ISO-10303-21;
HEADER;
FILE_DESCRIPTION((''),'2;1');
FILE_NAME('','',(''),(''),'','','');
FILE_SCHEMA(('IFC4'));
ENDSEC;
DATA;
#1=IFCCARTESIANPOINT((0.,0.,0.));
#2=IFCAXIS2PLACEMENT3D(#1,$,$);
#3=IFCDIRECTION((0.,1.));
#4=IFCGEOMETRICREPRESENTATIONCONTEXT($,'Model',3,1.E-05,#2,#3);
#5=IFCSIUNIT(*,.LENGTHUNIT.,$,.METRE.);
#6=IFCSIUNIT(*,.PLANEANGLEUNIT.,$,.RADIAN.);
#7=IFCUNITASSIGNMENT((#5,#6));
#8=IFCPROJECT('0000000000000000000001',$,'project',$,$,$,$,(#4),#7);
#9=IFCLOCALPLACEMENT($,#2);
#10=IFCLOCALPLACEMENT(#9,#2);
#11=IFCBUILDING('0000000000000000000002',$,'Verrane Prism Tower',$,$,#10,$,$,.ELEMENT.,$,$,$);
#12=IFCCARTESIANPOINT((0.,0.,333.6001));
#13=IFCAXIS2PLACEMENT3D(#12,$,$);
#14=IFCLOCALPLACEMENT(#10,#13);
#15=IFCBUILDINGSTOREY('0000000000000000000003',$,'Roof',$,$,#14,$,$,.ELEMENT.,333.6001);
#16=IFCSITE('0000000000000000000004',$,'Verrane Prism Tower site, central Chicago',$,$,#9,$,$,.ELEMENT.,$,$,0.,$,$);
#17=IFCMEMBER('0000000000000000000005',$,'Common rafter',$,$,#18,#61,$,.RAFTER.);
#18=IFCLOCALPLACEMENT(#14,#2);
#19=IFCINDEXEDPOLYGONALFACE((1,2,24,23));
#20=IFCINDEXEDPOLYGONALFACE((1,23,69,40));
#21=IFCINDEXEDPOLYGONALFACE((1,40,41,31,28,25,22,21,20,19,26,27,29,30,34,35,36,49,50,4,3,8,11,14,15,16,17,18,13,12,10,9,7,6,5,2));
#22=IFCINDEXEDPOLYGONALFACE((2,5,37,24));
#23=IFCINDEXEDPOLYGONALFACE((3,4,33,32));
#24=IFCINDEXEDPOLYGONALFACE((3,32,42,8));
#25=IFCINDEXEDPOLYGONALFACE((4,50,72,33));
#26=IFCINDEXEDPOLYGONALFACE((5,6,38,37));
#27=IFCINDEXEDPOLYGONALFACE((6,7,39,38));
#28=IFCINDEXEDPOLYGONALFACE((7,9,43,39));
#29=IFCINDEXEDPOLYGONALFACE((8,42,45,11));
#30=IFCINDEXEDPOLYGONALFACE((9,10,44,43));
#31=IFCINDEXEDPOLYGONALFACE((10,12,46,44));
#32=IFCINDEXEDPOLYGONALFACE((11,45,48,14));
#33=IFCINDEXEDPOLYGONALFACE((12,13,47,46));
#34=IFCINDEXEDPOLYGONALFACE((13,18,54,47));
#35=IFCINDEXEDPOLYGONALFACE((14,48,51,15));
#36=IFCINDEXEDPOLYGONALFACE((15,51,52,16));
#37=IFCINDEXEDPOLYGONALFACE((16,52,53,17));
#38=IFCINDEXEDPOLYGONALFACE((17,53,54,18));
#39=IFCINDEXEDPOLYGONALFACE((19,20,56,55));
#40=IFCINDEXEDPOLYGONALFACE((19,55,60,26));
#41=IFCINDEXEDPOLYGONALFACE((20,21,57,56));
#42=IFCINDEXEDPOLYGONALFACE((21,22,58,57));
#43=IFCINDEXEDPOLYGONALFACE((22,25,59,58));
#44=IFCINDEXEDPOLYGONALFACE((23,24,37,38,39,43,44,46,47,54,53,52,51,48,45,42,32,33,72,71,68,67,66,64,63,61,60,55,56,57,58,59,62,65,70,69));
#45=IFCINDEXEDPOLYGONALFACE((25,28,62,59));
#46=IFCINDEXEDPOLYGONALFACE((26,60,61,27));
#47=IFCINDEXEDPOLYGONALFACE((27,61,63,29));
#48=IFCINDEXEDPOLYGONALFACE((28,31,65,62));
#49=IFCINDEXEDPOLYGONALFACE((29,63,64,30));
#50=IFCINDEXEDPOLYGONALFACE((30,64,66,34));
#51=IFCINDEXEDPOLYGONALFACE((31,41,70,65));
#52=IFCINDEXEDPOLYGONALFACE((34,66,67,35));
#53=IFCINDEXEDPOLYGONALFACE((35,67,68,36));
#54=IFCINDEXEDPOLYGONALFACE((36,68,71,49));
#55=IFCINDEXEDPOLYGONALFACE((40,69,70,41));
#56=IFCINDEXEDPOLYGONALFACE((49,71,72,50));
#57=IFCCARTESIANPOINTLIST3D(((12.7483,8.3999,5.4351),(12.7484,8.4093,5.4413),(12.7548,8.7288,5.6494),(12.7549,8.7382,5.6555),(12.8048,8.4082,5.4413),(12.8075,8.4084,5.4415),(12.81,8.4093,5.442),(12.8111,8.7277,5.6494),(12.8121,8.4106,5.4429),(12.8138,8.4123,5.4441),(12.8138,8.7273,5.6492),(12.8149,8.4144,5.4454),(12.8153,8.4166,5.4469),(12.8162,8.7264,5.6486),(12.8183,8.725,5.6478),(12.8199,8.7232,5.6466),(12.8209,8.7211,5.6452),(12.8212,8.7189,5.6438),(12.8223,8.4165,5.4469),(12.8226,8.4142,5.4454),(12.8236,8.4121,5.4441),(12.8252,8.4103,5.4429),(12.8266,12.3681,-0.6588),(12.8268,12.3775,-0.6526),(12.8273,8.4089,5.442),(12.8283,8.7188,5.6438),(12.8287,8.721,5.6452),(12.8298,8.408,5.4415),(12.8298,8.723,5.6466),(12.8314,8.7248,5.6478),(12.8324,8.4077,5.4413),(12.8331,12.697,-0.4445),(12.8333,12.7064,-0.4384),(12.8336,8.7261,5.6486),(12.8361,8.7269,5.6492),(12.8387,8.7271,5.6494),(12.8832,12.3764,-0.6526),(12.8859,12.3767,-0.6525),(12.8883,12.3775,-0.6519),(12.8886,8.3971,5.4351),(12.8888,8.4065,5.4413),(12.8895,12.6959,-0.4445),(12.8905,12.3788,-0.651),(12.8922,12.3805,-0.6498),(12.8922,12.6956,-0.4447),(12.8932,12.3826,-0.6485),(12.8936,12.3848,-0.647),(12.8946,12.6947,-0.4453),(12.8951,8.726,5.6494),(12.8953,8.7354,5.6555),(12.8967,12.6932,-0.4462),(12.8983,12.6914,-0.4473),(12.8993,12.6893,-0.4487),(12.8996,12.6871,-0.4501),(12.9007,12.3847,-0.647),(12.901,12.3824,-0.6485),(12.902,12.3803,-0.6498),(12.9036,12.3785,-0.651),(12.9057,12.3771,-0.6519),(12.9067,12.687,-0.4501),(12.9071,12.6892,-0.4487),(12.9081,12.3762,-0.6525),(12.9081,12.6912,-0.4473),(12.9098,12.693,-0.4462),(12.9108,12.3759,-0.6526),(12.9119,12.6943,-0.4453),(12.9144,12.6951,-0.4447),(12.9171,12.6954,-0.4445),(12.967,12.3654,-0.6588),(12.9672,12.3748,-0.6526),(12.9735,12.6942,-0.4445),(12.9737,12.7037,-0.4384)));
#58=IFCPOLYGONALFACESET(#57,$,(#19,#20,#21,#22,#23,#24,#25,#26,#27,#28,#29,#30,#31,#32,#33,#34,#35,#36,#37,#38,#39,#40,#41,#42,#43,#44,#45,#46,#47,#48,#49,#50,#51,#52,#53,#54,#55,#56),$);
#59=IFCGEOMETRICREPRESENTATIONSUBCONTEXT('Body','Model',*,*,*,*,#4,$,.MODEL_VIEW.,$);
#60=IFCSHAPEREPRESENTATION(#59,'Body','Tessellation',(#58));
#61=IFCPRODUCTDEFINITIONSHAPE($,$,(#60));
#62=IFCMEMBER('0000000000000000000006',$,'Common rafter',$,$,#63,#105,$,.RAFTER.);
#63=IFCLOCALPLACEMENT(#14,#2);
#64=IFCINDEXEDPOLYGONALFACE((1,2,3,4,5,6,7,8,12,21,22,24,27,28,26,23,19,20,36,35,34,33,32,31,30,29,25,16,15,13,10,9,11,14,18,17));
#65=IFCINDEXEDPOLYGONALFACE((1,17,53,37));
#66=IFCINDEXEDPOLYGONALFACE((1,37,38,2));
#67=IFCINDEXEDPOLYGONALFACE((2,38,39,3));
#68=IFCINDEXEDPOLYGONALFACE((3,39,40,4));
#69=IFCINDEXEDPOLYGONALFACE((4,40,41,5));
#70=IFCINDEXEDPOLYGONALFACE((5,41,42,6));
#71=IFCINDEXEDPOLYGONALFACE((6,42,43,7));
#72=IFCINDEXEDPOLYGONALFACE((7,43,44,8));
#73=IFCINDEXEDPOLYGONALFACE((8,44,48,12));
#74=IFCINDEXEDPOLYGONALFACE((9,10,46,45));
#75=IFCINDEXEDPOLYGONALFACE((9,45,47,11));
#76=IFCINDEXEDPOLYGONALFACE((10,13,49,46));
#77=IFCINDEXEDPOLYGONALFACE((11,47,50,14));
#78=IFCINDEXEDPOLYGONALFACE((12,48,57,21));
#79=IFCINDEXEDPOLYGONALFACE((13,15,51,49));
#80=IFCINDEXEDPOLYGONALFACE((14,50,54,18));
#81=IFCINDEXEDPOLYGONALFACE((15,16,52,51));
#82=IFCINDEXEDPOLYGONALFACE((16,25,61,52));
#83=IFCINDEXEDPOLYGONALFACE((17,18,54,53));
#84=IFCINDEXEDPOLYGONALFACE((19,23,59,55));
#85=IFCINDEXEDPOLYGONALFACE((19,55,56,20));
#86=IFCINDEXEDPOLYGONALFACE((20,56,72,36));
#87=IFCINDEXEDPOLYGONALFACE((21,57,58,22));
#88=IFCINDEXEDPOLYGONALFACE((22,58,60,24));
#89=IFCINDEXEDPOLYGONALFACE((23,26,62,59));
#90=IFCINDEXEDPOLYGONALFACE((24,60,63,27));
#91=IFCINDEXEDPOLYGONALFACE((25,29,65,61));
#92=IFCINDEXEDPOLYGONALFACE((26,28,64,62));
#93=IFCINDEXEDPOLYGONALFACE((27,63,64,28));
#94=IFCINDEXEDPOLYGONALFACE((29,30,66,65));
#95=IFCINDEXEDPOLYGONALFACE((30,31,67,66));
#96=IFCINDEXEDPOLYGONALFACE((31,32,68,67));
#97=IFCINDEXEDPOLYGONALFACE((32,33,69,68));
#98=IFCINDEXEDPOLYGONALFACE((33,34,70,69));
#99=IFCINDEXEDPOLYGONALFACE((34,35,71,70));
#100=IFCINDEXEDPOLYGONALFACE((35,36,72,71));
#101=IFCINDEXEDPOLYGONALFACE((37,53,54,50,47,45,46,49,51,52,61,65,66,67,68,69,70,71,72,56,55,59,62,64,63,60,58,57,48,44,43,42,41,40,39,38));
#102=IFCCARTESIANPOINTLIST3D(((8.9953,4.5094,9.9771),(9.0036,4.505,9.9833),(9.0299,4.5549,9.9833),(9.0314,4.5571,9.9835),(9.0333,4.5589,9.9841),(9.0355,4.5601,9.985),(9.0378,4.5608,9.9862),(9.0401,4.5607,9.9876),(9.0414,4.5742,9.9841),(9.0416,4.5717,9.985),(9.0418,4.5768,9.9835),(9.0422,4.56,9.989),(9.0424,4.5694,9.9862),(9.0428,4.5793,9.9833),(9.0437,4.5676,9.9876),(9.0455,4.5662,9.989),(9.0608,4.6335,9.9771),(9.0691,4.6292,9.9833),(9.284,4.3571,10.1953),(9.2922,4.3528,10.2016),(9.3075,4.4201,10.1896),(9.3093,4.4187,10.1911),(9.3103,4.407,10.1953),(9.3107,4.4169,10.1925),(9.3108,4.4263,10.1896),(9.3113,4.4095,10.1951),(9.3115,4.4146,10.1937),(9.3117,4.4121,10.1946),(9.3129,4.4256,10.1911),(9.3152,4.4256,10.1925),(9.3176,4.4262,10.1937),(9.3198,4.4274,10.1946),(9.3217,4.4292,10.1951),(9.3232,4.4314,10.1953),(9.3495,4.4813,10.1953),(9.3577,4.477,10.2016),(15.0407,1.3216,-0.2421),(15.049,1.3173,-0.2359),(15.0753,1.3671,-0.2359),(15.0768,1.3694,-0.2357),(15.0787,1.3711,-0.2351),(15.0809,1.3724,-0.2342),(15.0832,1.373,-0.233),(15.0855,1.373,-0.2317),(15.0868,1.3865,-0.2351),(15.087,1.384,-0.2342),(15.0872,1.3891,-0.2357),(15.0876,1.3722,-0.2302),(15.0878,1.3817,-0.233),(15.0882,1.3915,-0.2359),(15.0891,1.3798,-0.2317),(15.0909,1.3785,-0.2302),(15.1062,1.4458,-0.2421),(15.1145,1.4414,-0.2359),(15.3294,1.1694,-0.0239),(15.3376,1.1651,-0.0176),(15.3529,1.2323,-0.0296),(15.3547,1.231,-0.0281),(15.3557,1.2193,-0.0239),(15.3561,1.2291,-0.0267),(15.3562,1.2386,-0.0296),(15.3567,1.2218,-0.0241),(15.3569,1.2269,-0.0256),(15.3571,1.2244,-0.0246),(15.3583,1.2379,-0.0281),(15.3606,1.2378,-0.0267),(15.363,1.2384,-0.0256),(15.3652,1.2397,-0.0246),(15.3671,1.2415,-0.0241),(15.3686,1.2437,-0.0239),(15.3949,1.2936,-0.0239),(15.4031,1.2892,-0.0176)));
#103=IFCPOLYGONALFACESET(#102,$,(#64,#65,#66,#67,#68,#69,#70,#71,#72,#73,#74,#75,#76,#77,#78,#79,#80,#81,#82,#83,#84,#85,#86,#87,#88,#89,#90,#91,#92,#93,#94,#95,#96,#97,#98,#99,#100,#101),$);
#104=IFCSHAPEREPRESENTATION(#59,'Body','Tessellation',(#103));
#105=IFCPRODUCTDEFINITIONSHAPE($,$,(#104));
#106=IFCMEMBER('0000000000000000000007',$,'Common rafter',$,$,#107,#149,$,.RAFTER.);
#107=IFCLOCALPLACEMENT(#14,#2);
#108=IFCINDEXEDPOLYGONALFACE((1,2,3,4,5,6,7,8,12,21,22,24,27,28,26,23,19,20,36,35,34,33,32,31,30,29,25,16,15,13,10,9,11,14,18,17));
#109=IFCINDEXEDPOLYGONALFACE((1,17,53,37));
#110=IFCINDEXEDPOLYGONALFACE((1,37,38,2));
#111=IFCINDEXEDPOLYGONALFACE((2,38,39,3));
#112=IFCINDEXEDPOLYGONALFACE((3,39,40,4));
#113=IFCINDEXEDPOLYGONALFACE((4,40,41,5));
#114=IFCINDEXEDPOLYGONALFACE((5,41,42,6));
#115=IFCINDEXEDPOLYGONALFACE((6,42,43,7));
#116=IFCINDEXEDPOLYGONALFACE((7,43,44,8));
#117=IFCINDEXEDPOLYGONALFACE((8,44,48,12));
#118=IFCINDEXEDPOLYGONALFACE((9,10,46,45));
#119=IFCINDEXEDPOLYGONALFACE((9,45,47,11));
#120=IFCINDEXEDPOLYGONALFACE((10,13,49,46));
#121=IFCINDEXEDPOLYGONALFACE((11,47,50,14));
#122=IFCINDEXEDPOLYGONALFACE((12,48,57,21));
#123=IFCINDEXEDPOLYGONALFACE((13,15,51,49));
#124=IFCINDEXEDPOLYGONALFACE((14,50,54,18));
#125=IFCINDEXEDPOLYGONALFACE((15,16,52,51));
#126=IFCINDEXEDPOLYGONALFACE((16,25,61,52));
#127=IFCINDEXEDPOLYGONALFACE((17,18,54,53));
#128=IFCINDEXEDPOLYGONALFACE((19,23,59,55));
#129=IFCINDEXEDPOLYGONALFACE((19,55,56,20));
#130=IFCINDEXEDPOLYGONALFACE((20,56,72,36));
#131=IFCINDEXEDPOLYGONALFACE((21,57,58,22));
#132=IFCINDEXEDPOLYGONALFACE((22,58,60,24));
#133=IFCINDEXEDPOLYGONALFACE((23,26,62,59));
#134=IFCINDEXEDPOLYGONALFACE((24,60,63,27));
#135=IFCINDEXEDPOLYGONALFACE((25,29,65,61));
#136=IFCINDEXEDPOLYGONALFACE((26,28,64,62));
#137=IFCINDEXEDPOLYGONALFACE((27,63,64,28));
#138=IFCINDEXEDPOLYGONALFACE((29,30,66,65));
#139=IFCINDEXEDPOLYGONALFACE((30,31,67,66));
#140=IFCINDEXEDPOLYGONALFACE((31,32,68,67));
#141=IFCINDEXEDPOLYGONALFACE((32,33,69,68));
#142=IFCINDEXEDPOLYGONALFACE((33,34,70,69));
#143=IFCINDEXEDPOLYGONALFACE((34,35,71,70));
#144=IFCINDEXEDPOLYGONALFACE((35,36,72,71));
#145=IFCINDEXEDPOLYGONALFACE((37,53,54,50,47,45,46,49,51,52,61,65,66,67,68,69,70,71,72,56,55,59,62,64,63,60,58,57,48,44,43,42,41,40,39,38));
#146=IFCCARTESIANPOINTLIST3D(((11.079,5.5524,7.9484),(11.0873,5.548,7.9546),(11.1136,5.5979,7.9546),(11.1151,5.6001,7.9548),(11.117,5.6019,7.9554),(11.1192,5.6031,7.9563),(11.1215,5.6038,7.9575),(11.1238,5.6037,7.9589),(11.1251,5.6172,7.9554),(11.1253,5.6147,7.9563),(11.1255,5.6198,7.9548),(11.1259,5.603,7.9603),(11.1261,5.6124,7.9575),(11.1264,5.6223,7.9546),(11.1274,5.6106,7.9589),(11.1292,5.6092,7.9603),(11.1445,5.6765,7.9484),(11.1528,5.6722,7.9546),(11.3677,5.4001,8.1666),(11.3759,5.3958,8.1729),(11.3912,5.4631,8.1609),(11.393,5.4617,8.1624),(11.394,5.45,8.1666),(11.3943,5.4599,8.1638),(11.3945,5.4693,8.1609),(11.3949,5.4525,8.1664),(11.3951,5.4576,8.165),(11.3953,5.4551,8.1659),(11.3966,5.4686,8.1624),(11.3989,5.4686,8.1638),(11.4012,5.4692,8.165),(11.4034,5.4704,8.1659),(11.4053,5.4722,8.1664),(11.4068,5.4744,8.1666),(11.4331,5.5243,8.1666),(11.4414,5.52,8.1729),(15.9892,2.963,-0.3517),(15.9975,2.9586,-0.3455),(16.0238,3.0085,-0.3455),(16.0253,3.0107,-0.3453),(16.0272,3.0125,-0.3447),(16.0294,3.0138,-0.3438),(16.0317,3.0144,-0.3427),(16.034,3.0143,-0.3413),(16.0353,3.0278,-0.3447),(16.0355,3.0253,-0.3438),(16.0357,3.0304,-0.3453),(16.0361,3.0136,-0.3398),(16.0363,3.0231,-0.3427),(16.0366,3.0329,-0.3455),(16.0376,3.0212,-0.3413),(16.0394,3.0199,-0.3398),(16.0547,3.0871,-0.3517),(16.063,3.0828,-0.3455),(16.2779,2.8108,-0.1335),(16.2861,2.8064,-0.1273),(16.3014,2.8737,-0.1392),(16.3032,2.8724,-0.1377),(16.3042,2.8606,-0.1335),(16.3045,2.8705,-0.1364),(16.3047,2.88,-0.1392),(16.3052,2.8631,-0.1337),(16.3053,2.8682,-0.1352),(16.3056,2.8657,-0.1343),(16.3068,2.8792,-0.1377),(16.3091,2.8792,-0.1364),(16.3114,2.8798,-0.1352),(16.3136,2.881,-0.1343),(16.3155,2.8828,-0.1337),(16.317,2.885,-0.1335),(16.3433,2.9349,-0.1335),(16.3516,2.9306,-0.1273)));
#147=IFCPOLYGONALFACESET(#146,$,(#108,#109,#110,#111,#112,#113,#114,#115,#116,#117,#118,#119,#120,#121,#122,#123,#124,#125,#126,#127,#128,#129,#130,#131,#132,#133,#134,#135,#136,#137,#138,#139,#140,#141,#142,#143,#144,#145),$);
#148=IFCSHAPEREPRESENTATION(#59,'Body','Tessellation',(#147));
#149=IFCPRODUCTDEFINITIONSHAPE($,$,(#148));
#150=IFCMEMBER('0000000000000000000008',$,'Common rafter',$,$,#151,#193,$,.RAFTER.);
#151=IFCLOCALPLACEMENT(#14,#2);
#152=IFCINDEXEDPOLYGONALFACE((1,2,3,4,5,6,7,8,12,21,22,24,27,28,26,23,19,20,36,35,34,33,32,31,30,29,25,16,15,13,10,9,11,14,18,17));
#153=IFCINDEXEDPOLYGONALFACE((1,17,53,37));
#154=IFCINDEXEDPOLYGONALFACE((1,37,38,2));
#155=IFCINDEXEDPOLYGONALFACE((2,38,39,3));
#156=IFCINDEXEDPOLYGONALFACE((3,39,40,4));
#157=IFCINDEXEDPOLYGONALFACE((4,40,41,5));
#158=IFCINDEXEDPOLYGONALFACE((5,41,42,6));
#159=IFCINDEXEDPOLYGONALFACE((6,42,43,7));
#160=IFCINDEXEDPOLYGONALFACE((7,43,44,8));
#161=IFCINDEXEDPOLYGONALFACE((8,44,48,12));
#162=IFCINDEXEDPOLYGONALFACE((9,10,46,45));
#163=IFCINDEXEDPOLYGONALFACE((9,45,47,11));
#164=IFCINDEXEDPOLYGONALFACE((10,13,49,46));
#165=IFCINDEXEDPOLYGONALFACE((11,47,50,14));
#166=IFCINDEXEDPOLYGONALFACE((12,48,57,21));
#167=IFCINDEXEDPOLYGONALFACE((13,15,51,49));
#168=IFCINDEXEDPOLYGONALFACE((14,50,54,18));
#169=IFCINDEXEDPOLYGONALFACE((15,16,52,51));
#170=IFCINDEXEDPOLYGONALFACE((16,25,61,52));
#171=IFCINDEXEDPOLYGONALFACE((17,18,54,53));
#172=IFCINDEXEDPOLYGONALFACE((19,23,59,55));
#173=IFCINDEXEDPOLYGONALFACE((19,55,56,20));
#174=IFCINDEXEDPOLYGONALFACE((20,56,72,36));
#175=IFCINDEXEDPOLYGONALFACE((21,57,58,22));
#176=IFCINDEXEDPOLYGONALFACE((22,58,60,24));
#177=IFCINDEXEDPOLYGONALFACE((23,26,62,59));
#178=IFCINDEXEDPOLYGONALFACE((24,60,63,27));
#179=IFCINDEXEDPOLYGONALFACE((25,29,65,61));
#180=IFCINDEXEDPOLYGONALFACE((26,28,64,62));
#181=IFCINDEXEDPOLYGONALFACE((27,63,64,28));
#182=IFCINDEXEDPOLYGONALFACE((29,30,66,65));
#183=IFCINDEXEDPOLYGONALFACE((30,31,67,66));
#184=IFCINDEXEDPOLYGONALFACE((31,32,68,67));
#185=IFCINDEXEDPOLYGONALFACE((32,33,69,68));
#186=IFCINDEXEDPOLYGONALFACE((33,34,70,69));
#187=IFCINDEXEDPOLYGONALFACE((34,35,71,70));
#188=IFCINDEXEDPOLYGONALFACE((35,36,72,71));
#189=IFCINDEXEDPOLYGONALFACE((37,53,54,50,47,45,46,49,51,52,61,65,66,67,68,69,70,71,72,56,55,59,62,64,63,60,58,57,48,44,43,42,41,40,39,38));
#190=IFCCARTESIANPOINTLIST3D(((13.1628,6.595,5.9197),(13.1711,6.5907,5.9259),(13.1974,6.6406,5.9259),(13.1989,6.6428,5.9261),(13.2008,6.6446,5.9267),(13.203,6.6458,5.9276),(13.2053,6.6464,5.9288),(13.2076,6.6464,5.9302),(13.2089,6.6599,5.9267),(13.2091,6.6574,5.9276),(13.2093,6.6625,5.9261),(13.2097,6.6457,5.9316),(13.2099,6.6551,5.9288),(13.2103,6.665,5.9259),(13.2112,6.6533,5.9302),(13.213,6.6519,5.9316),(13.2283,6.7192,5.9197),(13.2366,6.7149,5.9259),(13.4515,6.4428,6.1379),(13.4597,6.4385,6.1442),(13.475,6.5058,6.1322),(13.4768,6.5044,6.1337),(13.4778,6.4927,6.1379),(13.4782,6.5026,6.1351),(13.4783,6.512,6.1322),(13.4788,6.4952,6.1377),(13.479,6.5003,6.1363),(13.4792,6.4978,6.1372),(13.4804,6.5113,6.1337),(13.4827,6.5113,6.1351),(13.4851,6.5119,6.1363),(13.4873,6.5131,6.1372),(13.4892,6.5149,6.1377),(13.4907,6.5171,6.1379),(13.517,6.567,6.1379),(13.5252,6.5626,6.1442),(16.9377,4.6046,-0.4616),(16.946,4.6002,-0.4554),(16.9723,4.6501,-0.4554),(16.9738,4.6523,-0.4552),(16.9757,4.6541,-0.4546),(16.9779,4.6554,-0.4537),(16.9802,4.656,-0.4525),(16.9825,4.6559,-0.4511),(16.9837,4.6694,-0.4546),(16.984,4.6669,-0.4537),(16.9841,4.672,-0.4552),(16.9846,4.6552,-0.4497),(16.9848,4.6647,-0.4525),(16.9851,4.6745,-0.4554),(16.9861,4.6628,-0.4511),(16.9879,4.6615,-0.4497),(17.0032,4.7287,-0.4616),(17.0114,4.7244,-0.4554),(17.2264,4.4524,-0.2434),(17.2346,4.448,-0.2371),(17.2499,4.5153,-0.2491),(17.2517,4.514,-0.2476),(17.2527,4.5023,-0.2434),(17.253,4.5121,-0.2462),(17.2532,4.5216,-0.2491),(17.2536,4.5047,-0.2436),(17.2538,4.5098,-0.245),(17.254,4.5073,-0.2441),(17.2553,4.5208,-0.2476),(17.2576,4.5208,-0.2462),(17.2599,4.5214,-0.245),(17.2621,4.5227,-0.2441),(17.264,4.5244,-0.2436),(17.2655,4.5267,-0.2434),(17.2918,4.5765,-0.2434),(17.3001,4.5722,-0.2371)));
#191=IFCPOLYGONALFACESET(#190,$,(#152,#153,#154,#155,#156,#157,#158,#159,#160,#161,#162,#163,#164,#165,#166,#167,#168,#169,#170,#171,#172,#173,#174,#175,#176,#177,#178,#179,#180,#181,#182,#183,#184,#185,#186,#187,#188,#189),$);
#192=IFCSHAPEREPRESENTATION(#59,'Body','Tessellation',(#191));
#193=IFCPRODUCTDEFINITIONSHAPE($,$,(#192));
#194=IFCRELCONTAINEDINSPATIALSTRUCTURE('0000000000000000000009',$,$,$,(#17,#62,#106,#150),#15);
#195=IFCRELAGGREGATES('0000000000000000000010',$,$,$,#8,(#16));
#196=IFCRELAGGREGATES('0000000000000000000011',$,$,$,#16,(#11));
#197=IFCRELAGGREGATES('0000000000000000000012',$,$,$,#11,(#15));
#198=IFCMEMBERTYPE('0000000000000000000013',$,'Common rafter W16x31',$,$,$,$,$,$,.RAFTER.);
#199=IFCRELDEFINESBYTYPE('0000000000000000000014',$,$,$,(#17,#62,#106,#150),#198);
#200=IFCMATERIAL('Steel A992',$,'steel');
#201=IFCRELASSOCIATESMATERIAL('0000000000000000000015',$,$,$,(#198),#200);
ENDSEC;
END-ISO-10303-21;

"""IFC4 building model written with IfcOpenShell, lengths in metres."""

from ifc_helpers import new_model, si_unit, direction, frame, origin, origin_2d, place, context, subcontext, project, spatial, i_section, extrude, material, material_profile, profile_set, type_object, element, save


model = new_model("IFC4")

# Units and contexts
model_context = context("Model", 3, precision=1e-05, world=origin(), true_north=direction((0.0, 1.0)))
body_context = subcontext(model_context, "Body", "Model", "MODEL_VIEW")
ifc_project = project(units=[si_unit("LENGTHUNIT", "METRE"), si_unit("PLANEANGLEUNIT", "RADIAN")], contexts=[model_context])

# Site, building, storey
site_placement = place(None, origin())
site = spatial("IfcSite", under=ifc_project, at=site_placement, Name="Verrane Prism Tower site, central Chicago", CompositionType="ELEMENT", RefElevation=0.0)
building_placement = place(site_placement, origin())
building = spatial("IfcBuilding", under=site, at=building_placement, Name="Verrane Prism Tower", CompositionType="ELEMENT")
storey_placement = place(building_placement, frame((0.0, 0.0, 333.6001)))
storey = spatial("IfcBuildingStorey", under=building, at=storey_placement, Name="Roof", CompositionType="ELEMENT", Elevation=333.6001)

# Members
ifc_material_1 = material(Name="Steel A992", Category="steel")
ifc_material_profile_1 = material_profile(ifc_material_1, i_section(OverallWidth=0.1404, OverallDepth=0.4038, WebThickness=0.0071, FlangeThickness=0.0112, FilletRadius=0.0103, at=origin_2d()), Name="W16x31")
ifc_profile_set_1 = profile_set([ifc_material_profile_1], Name="Steel A992")
member_type_1 = type_object("IfcMemberType", Name="Common rafter W16x31", PredefinedType="RAFTER", material=ifc_profile_set_1)
member_1_placement = place(storey_placement, frame((12.9001, 12.5359, -0.5486), z_axis=(-0.010776, -0.545649, 0.837944), x_axis=(0.999805, -0.019745, 0.0)))
element("IfcMember", 1, at=member_1_placement, inside=storey, type_object=member_type_1, Name="Common rafter", PredefinedType="RAFTER", context=body_context, shape_type="SweptSolid", body=[
    extrude(i_section(OverallWidth=0.1404, OverallDepth=0.4038, WebThickness=0.0071, FlangeThickness=0.0112, FilletRadius=0.0103, at=origin_2d()), origin(), (0.0, 0.0, 1.0), 7.2725),
])
member_2_placement = place(storey_placement, frame((15.2219, 1.3054, -0.1299), z_axis=(-0.491738, 0.259293, 0.83124), x_axis=(-0.466428, -0.884559, 0.0)))
element("IfcMember", 2, at=member_2_placement, inside=storey, type_object=member_type_1, Name="Common rafter", PredefinedType="RAFTER", context=body_context, shape_type="SweptSolid", body=[
    extrude(i_section(OverallWidth=0.1404, OverallDepth=0.4038, WebThickness=0.0071, FlangeThickness=0.0112, FilletRadius=0.0103, at=origin_2d()), origin(), (0.0, 0.0, 1.0), 12.2939),
])
member_3_placement = place(storey_placement, frame((16.1704, 2.9468, -0.2395), z_axis=(-0.491741, 0.259318, 0.831231), x_axis=(-0.46646, -0.884542, 0.0)))
element("IfcMember", 3, at=member_3_placement, inside=storey, type_object=member_type_1, Name="Common rafter", PredefinedType="RAFTER", context=body_context, shape_type="SweptSolid", body=[
    extrude(i_section(OverallWidth=0.1404, OverallDepth=0.4038, WebThickness=0.0071, FlangeThickness=0.0112, FilletRadius=0.0103, at=origin_2d()), origin(), (0.0, 0.0, 1.0), 9.9854),
])
member_4_placement = place(storey_placement, frame((17.1189, 4.5884, -0.3494), z_axis=(-0.491728, 0.259284, 0.831249), x_axis=(-0.466423, -0.884562, 0.0)))
element("IfcMember", 4, at=member_4_placement, inside=storey, type_object=member_type_1, Name="Common rafter", PredefinedType="RAFTER", context=body_context, shape_type="SweptSolid", body=[
    extrude(i_section(OverallWidth=0.1404, OverallDepth=0.4038, WebThickness=0.0071, FlangeThickness=0.0112, FilletRadius=0.0103, at=origin_2d()), origin(), (0.0, 0.0, 1.0), 7.6768),
])

save(model, "model.ifc")
